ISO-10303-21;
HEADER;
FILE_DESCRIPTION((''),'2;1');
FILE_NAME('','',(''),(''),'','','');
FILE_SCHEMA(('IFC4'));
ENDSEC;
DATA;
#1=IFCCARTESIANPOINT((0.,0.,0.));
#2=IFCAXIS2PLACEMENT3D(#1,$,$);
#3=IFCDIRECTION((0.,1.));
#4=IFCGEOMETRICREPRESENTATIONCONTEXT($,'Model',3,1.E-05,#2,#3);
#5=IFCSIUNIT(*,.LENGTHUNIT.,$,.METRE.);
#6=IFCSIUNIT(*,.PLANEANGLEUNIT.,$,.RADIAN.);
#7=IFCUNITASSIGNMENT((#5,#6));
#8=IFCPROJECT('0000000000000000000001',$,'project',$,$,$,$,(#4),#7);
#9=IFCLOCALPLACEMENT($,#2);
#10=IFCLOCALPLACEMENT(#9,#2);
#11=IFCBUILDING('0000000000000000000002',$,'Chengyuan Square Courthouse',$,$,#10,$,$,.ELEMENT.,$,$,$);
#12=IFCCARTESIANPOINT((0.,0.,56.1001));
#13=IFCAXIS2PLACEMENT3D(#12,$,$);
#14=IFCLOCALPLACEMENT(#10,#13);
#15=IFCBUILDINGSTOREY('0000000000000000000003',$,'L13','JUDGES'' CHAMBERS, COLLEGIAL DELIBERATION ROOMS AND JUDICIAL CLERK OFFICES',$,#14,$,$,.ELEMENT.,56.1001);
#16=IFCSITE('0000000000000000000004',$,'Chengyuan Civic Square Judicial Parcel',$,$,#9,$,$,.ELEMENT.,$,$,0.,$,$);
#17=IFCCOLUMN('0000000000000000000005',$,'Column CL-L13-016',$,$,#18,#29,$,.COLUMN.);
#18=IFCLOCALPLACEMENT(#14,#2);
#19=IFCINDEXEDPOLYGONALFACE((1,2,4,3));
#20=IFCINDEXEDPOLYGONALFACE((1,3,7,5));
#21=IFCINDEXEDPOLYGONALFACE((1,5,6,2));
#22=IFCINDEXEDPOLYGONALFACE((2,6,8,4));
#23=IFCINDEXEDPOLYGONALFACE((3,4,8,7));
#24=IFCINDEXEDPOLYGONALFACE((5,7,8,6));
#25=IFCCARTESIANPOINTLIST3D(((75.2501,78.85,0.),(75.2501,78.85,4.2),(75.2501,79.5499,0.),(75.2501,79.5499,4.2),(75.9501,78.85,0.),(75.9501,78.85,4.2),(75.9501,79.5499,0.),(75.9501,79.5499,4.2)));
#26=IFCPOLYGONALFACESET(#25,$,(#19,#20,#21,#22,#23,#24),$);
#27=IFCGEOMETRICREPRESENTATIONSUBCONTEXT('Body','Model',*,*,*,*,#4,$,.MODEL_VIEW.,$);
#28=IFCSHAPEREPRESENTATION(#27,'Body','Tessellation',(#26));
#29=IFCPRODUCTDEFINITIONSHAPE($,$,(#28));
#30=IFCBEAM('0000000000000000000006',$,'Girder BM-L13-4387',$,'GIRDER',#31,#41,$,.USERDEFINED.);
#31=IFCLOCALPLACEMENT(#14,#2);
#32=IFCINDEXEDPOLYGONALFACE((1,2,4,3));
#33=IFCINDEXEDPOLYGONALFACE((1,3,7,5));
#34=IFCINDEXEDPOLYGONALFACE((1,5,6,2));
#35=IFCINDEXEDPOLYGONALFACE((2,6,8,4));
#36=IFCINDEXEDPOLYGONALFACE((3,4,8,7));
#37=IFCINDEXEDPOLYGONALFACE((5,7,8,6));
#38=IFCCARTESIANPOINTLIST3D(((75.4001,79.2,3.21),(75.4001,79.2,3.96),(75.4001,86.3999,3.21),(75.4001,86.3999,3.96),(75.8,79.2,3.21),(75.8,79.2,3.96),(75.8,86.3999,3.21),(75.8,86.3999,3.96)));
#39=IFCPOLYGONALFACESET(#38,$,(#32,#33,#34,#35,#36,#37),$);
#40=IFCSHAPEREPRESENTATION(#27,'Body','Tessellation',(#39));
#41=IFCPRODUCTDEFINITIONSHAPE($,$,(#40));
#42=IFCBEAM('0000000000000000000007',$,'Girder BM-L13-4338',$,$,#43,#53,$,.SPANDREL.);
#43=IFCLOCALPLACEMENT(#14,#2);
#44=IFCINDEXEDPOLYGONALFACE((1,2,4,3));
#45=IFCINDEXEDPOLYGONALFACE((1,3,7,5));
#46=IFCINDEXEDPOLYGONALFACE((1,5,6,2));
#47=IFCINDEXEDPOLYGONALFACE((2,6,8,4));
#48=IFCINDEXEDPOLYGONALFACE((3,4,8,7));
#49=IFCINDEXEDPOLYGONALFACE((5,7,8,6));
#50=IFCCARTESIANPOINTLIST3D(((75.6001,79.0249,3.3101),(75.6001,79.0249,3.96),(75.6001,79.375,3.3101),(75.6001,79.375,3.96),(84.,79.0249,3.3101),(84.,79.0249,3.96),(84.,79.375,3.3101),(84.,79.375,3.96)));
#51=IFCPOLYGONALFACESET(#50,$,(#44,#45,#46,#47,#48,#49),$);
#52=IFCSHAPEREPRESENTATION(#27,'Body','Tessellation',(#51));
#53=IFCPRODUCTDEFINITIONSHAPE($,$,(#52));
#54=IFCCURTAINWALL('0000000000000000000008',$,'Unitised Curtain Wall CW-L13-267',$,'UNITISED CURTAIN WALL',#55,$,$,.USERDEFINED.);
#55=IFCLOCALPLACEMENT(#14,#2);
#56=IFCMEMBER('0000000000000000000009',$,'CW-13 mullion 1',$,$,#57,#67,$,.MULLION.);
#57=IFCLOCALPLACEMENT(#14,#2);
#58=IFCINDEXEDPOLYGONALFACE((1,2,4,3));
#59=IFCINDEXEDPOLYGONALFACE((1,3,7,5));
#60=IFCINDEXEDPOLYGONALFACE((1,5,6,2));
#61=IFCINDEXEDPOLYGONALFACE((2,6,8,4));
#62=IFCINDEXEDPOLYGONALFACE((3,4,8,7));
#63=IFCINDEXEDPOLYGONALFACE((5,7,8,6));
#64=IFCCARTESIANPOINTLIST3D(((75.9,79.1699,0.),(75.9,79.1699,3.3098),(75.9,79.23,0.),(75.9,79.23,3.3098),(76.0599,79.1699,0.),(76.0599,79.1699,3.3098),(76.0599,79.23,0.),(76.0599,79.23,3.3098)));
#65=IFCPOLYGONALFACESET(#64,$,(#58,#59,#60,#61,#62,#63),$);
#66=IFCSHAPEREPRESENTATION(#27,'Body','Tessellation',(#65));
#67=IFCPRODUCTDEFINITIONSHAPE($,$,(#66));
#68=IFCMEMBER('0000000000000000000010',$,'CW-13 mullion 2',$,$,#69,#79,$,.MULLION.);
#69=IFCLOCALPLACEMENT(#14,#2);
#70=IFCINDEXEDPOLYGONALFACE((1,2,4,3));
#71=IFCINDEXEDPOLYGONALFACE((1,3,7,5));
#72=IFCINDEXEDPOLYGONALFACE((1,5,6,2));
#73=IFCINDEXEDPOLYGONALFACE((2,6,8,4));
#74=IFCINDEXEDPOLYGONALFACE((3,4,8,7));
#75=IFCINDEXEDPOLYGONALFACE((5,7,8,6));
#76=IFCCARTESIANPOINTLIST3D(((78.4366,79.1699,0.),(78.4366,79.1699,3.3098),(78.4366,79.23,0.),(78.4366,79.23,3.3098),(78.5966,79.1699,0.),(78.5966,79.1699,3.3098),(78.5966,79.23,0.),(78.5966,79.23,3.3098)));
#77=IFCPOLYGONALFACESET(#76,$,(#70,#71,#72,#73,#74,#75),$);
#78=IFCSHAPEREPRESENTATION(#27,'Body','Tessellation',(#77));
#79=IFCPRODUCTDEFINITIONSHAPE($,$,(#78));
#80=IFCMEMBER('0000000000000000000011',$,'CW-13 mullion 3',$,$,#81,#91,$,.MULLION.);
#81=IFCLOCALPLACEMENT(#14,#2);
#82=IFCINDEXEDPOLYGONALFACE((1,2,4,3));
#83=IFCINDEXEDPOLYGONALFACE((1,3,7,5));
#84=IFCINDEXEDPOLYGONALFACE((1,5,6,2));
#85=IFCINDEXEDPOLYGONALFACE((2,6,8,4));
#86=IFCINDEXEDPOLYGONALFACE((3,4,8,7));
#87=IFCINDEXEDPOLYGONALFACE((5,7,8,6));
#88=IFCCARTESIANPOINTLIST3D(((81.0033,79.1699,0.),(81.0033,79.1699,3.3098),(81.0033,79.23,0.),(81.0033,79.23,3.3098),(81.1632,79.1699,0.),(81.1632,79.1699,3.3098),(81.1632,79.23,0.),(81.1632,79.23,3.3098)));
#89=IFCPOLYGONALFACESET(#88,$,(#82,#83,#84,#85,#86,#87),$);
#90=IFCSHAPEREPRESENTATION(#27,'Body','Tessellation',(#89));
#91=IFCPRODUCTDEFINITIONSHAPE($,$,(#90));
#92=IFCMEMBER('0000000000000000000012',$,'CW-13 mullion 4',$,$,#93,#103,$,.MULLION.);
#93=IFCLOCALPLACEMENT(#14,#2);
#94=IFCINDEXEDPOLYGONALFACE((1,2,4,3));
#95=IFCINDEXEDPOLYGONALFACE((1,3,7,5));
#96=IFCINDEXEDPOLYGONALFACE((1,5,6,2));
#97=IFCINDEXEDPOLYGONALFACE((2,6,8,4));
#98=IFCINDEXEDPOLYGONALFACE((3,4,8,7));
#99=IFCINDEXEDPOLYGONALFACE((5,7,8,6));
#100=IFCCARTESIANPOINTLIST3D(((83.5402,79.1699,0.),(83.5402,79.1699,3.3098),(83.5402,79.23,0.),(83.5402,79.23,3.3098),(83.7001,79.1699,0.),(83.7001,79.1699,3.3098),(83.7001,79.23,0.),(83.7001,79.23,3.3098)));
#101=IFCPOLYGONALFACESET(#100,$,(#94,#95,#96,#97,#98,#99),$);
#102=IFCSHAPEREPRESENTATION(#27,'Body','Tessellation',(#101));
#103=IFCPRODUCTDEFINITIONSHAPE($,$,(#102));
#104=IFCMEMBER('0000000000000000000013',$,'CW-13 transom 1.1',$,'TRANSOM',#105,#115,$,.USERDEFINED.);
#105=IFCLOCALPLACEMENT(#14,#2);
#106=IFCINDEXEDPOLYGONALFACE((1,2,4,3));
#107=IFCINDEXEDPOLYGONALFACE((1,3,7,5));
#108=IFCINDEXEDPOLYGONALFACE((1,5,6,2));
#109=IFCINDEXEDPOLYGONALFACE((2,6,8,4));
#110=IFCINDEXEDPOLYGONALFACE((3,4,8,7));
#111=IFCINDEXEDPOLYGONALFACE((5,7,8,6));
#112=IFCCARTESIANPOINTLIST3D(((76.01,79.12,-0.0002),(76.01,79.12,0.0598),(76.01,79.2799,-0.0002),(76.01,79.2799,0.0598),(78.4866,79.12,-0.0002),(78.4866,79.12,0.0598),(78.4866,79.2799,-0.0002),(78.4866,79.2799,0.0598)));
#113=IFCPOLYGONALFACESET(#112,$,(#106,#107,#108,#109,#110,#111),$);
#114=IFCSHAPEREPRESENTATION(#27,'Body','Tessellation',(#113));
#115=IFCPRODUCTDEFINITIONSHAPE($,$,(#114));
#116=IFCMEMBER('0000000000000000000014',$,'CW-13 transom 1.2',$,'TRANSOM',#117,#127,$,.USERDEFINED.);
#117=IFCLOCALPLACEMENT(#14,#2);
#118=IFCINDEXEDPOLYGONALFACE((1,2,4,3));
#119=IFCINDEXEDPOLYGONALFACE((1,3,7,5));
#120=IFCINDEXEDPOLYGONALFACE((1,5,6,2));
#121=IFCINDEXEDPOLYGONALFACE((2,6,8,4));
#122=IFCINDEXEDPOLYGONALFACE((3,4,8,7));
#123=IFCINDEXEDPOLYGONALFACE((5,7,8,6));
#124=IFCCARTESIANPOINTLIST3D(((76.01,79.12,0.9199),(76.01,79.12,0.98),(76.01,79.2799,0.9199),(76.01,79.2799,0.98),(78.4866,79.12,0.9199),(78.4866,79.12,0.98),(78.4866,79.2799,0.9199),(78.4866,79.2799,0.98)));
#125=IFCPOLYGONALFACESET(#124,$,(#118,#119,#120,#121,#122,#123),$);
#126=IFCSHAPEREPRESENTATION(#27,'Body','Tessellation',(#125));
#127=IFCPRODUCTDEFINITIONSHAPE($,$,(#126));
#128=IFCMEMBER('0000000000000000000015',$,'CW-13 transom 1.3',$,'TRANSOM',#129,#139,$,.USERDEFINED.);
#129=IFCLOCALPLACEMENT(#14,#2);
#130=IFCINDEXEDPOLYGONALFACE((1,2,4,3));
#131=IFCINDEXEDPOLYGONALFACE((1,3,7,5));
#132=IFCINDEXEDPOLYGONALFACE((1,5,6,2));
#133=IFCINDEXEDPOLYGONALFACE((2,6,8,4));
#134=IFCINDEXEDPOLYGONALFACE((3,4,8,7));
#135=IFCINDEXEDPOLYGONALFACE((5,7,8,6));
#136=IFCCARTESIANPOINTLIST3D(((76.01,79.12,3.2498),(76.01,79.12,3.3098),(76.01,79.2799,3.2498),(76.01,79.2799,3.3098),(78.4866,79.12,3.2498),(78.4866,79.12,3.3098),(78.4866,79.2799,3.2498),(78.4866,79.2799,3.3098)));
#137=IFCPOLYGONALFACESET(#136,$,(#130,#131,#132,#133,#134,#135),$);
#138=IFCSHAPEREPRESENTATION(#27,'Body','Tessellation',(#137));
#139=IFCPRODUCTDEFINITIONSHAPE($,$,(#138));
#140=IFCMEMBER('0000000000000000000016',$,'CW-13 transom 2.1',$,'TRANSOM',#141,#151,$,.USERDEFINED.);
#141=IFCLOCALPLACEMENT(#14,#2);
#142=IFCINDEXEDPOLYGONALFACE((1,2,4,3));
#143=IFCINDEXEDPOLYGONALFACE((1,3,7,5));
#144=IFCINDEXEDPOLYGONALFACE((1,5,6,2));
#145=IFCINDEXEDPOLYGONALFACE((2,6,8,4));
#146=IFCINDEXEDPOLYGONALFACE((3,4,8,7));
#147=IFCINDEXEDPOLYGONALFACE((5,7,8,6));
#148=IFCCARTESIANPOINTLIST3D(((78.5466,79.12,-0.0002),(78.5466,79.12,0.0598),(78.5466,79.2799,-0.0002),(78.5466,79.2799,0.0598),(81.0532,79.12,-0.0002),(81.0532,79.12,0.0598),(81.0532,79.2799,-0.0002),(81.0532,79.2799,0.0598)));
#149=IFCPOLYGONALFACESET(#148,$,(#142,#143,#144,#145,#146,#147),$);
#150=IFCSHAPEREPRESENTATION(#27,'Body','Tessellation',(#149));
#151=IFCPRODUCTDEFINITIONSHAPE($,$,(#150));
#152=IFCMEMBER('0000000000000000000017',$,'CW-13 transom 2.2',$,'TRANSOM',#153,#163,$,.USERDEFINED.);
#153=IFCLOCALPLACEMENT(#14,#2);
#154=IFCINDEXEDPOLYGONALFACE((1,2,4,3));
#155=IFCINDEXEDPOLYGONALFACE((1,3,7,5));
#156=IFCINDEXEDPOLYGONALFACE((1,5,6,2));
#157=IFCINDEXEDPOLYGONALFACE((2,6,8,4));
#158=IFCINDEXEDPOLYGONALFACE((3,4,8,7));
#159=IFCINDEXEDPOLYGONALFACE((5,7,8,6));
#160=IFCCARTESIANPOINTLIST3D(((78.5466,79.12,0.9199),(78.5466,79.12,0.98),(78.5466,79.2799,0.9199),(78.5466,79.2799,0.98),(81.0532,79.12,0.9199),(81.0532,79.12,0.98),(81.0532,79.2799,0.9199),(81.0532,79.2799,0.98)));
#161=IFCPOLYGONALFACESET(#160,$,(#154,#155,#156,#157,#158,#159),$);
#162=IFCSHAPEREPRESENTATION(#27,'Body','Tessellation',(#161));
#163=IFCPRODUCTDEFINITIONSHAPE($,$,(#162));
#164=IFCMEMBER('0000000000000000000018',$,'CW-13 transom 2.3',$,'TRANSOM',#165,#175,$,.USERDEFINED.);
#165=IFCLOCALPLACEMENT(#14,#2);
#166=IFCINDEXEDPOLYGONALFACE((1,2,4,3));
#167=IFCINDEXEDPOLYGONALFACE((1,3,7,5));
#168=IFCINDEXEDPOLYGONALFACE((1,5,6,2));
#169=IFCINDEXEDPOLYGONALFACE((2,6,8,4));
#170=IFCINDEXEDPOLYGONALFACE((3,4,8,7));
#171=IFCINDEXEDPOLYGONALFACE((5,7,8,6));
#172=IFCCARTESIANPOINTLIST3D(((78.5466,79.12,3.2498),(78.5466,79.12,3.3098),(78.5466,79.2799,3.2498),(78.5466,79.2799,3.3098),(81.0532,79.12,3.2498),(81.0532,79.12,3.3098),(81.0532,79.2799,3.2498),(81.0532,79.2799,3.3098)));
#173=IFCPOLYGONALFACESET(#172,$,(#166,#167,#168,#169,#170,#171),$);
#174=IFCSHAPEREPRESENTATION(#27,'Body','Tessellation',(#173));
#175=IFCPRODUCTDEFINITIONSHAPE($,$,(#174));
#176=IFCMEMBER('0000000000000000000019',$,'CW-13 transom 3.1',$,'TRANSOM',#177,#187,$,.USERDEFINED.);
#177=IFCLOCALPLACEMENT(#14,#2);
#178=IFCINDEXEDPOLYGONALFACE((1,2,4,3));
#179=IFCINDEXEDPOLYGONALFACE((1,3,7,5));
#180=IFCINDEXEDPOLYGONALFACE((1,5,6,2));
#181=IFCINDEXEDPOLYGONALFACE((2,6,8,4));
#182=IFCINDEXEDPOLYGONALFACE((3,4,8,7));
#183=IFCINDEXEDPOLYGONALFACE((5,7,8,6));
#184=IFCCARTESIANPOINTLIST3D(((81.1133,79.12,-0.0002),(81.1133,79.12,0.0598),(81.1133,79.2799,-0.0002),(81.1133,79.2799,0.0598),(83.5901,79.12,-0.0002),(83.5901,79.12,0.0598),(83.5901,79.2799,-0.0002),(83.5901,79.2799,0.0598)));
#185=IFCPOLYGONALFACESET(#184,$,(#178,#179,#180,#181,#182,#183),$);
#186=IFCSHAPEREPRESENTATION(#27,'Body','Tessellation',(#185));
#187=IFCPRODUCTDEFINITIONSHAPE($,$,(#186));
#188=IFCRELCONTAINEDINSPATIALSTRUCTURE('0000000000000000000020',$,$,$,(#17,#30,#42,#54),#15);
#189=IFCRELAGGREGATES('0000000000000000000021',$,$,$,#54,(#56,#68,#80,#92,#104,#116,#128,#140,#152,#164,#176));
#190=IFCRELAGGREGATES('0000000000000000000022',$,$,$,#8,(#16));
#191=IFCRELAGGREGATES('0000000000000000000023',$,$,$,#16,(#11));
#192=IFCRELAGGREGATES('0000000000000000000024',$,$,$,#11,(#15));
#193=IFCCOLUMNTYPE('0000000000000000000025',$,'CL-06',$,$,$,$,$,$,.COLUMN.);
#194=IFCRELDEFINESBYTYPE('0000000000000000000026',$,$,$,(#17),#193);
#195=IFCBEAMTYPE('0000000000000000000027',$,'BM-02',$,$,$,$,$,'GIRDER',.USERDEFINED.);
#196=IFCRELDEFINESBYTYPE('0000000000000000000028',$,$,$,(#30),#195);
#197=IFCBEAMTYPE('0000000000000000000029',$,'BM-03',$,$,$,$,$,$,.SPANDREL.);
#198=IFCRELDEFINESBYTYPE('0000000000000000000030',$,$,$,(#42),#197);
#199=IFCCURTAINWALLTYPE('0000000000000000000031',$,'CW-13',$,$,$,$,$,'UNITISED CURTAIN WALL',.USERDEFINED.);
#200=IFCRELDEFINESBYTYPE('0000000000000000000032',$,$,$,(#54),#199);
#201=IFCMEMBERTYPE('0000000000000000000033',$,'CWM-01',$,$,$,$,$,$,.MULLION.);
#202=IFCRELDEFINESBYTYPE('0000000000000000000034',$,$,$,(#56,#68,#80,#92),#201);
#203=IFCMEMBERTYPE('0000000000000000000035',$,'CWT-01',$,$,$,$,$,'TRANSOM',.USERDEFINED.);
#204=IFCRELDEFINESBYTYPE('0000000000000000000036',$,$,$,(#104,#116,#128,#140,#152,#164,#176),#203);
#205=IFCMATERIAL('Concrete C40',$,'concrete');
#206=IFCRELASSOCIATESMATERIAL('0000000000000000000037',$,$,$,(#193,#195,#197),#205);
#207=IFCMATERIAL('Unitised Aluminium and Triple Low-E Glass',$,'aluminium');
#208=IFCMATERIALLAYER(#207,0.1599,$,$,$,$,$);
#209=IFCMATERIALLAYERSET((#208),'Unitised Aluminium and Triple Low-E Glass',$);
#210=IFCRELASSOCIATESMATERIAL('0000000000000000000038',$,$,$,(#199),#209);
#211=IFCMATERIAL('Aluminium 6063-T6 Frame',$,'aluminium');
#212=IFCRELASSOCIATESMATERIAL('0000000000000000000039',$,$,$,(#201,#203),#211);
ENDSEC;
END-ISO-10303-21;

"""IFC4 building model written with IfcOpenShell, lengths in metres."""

from ifc_helpers import new_model, si_unit, direction, frame, origin, origin_2d, place, context, subcontext, project, spatial, rectangle, extrude, material, layer, layer_set, material_profile, profile_set, type_object, element, aggregate, save


model = new_model("IFC4")

# Units and contexts
model_context = context("Model", 3, precision=1e-05, world=origin(), true_north=direction((0.0, 1.0)))
body_context = subcontext(model_context, "Body", "Model", "MODEL_VIEW")
ifc_project = project(units=[si_unit("LENGTHUNIT", "METRE"), si_unit("PLANEANGLEUNIT", "RADIAN")], contexts=[model_context])

# Site, building, storey
site_placement = place(None, origin())
site = spatial("IfcSite", under=ifc_project, at=site_placement, Name="Chengyuan Civic Square Judicial Parcel", CompositionType="ELEMENT", RefElevation=0.0)
building_placement = place(site_placement, origin())
building = spatial("IfcBuilding", under=site, at=building_placement, Name="Chengyuan Square Courthouse", CompositionType="ELEMENT")
storey_placement = place(building_placement, frame((0.0, 0.0, 56.1001)))
storey = spatial("IfcBuildingStorey", under=building, at=storey_placement, Name="L13", Description="JUDGES' CHAMBERS, COLLEGIAL DELIBERATION ROOMS AND JUDICIAL CLERK OFFICES", CompositionType="ELEMENT", Elevation=56.1001)

# Column
ifc_material_1 = material(Name="Concrete C40", Category="concrete")
ifc_material_profile_1 = material_profile(ifc_material_1, rectangle(XDim=0.7, YDim=0.7, at=origin_2d()), Name="RC-COL-700x700")
ifc_profile_set_1 = profile_set([ifc_material_profile_1], Name="Concrete C40")
column_type = type_object("IfcColumnType", Name="CL-06", PredefinedType="COLUMN", material=ifc_profile_set_1)
column_placement = place(storey_placement, frame((75.6001, 79.2, 0.0), z_axis=(0.0, 0.0, 1.0), x_axis=(1.0, 0.0, 0.0)))
element("IfcColumn", 1, at=column_placement, inside=storey, type_object=column_type, Name="Column CL-L13-016", PredefinedType="COLUMN", context=body_context, shape_type="SweptSolid", body=[
    extrude(rectangle(XDim=0.7, YDim=0.7, at=origin_2d()), origin(), (0.0, 0.0, 1.0), 4.2),
])

# Beams
ifc_material_profile_2 = material_profile(ifc_material_1, rectangle(XDim=0.3999, YDim=0.75, at=origin_2d()), Name="RC-BM-400x750")
ifc_profile_set_2 = profile_set([ifc_material_profile_2], Name="Concrete C40")
beam_type_1 = type_object("IfcBeamType", Name="BM-02", ElementType="GIRDER", PredefinedType="USERDEFINED", material=ifc_profile_set_2)
beam_1_placement = place(storey_placement, frame((75.6001, 79.2, 3.585), z_axis=(0.0, 1.0, 0.0), x_axis=(-1.0, 0.0, 0.0)))
element("IfcBeam", 2, at=beam_1_placement, inside=storey, type_object=beam_type_1, Name="Girder BM-L13-4387", ObjectType="GIRDER", PredefinedType="USERDEFINED", context=body_context, shape_type="SweptSolid", body=[
    extrude(rectangle(XDim=0.3999, YDim=0.75, at=origin_2d()), origin(), (0.0, 0.0, 1.0), 7.2),
])
ifc_material_profile_3 = material_profile(ifc_material_1, rectangle(XDim=0.3501, YDim=0.6499, at=origin_2d()), Name="RC-BM-350x650")
ifc_profile_set_3 = profile_set([ifc_material_profile_3], Name="Concrete C40")
beam_type_2 = type_object("IfcBeamType", Name="BM-03", PredefinedType="SPANDREL", material=ifc_profile_set_3)
beam_2_placement = place(storey_placement, frame((75.6001, 79.2, 3.635), z_axis=(1.0, 0.0, 0.0), x_axis=(0.0, 1.0, 0.0)))
element("IfcBeam", 3, at=beam_2_placement, inside=storey, type_object=beam_type_2, Name="Girder BM-L13-4338", PredefinedType="SPANDREL", context=body_context, shape_type="SweptSolid", body=[
    extrude(rectangle(XDim=0.3501, YDim=0.6499, at=origin_2d()), origin(), (0.0, 0.0, 1.0), 8.3999),
])

# Curtain wall, members
ifc_material_2 = material(Name="Unitised Aluminium and Triple Low-E Glass", Category="aluminium")
ifc_layer_1 = layer(ifc_material_2, 0.1599)
ifc_layer_set_1 = layer_set([ifc_layer_1], Name="Unitised Aluminium and Triple Low-E Glass")
curtain_wall_type = type_object("IfcCurtainWallType", Name="CW-13", ElementType="UNITISED CURTAIN WALL", PredefinedType="USERDEFINED", material=ifc_layer_set_1)
curtain_wall_placement = place(storey_placement, origin())
curtain_wall = element("IfcCurtainWall", 4, at=curtain_wall_placement, inside=storey, type_object=curtain_wall_type, Name="Unitised Curtain Wall CW-L13-267", ObjectType="UNITISED CURTAIN WALL", PredefinedType="USERDEFINED")
ifc_material_3 = material(Name="Aluminium 6063-T6 Frame", Category="aluminium")
ifc_material_profile_4 = material_profile(ifc_material_3, rectangle(XDim=0.0601, YDim=0.1599, at=origin_2d()), Name="CW-MUL-60x160")
ifc_profile_set_4 = profile_set([ifc_material_profile_4], Name="Aluminium 6063-T6 Frame")
member_type_1 = type_object("IfcMemberType", Name="CWM-01", PredefinedType="MULLION", material=ifc_profile_set_4)
member_1_placement = place(storey_placement, frame((75.98, 79.2, 0.0), z_axis=(0.0, 0.0, 1.0), x_axis=(0.0, 1.0, 0.0)))
member_1 = element("IfcMember", 5, at=member_1_placement, type_object=member_type_1, Name="CW-13 mullion 1", PredefinedType="MULLION", context=body_context, shape_type="SweptSolid", body=[
    extrude(rectangle(XDim=0.0601, YDim=0.1599, at=origin_2d()), origin(), (0.0, 0.0, 1.0), 3.3098),
])
member_2_placement = place(storey_placement, frame((78.5166, 79.2, 0.0), z_axis=(0.0, 0.0, 1.0), x_axis=(0.0, 1.0, 0.0)))
member_2 = element("IfcMember", 6, at=member_2_placement, type_object=member_type_1, Name="CW-13 mullion 2", PredefinedType="MULLION", context=body_context, shape_type="SweptSolid", body=[
    extrude(rectangle(XDim=0.0601, YDim=0.1599, at=origin_2d()), origin(), (0.0, 0.0, 1.0), 3.3098),
])
member_3_placement = place(storey_placement, frame((81.0833, 79.2, 0.0), z_axis=(0.0, 0.0, 1.0), x_axis=(0.0, 1.0, 0.0)))
member_3 = element("IfcMember", 7, at=member_3_placement, type_object=member_type_1, Name="CW-13 mullion 3", PredefinedType="MULLION", context=body_context, shape_type="SweptSolid", body=[
    extrude(rectangle(XDim=0.0601, YDim=0.1599, at=origin_2d()), origin(), (0.0, 0.0, 1.0), 3.3098),
])
member_4_placement = place(storey_placement, frame((83.6201, 79.2, 0.0), z_axis=(0.0, 0.0, 1.0), x_axis=(0.0, 1.0, 0.0)))
member_4 = element("IfcMember", 8, at=member_4_placement, type_object=member_type_1, Name="CW-13 mullion 4", PredefinedType="MULLION", context=body_context, shape_type="SweptSolid", body=[
    extrude(rectangle(XDim=0.0601, YDim=0.1599, at=origin_2d()), origin(), (0.0, 0.0, 1.0), 3.3098),
])
ifc_material_profile_5 = material_profile(ifc_material_3, rectangle(XDim=0.1599, YDim=0.0601, at=origin_2d()), Name="CW-TRN-60x120")
ifc_profile_set_5 = profile_set([ifc_material_profile_5], Name="Aluminium 6063-T6 Frame")
member_type_2 = type_object("IfcMemberType", Name="CWT-01", ElementType="TRANSOM", PredefinedType="USERDEFINED", material=ifc_profile_set_5)
member_5_placement = place(storey_placement, frame((76.01, 79.2, 0.0298), z_axis=(1.0, 0.0, 0.0), x_axis=(0.0, 1.0, 0.0)))
member_5 = element("IfcMember", 9, at=member_5_placement, type_object=member_type_2, Name="CW-13 transom 1.1", ObjectType="TRANSOM", PredefinedType="USERDEFINED", context=body_context, shape_type="SweptSolid", body=[
    extrude(rectangle(XDim=0.1599, YDim=0.0601, at=origin_2d()), origin(), (0.0, 0.0, 1.0), 2.4766),
])
member_6_placement = place(storey_placement, frame((76.01, 79.2, 0.95), z_axis=(1.0, 0.0, 0.0), x_axis=(0.0, 1.0, 0.0)))
member_6 = element("IfcMember", 10, at=member_6_placement, type_object=member_type_2, Name="CW-13 transom 1.2", ObjectType="TRANSOM", PredefinedType="USERDEFINED", context=body_context, shape_type="SweptSolid", body=[
    extrude(rectangle(XDim=0.1599, YDim=0.0601, at=origin_2d()), origin(), (0.0, 0.0, 1.0), 2.4766),
])
member_7_placement = place(storey_placement, frame((76.01, 79.2, 3.2798), z_axis=(1.0, 0.0, 0.0), x_axis=(0.0, 1.0, 0.0)))
member_7 = element("IfcMember", 11, at=member_7_placement, type_object=member_type_2, Name="CW-13 transom 1.3", ObjectType="TRANSOM", PredefinedType="USERDEFINED", context=body_context, shape_type="SweptSolid", body=[
    extrude(rectangle(XDim=0.1599, YDim=0.0601, at=origin_2d()), origin(), (0.0, 0.0, 1.0), 2.4766),
])
member_8_placement = place(storey_placement, frame((78.5466, 79.2, 0.0298), z_axis=(1.0, 0.0, 0.0), x_axis=(0.0, 1.0, 0.0)))
member_8 = element("IfcMember", 12, at=member_8_placement, type_object=member_type_2, Name="CW-13 transom 2.1", ObjectType="TRANSOM", PredefinedType="USERDEFINED", context=body_context, shape_type="SweptSolid", body=[
    extrude(rectangle(XDim=0.1599, YDim=0.0601, at=origin_2d()), origin(), (0.0, 0.0, 1.0), 2.5066),
])
member_9_placement = place(storey_placement, frame((78.5466, 79.2, 0.95), z_axis=(1.0, 0.0, 0.0), x_axis=(0.0, 1.0, 0.0)))
member_9 = element("IfcMember", 13, at=member_9_placement, type_object=member_type_2, Name="CW-13 transom 2.2", ObjectType="TRANSOM", PredefinedType="USERDEFINED", context=body_context, shape_type="SweptSolid", body=[
    extrude(rectangle(XDim=0.1599, YDim=0.0601, at=origin_2d()), origin(), (0.0, 0.0, 1.0), 2.5066),
])
member_10_placement = place(storey_placement, frame((78.5466, 79.2, 3.2798), z_axis=(1.0, 0.0, 0.0), x_axis=(0.0, 1.0, 0.0)))
member_10 = element("IfcMember", 14, at=member_10_placement, type_object=member_type_2, Name="CW-13 transom 2.3", ObjectType="TRANSOM", PredefinedType="USERDEFINED", context=body_context, shape_type="SweptSolid", body=[
    extrude(rectangle(XDim=0.1599, YDim=0.0601, at=origin_2d()), origin(), (0.0, 0.0, 1.0), 2.5066),
])
member_11_placement = place(storey_placement, frame((81.1133, 79.2, 0.0298), z_axis=(1.0, 0.0, 0.0), x_axis=(0.0, 1.0, 0.0)))
member_11 = element("IfcMember", 15, at=member_11_placement, type_object=member_type_2, Name="CW-13 transom 3.1", ObjectType="TRANSOM", PredefinedType="USERDEFINED", context=body_context, shape_type="SweptSolid", body=[
    extrude(rectangle(XDim=0.1599, YDim=0.0601, at=origin_2d()), origin(), (0.0, 0.0, 1.0), 2.4768),
])
aggregate(curtain_wall, [member_1, member_2, member_3, member_4, member_5, member_6, member_7, member_8, member_9, member_10, member_11])

save(model, "model.ifc")
